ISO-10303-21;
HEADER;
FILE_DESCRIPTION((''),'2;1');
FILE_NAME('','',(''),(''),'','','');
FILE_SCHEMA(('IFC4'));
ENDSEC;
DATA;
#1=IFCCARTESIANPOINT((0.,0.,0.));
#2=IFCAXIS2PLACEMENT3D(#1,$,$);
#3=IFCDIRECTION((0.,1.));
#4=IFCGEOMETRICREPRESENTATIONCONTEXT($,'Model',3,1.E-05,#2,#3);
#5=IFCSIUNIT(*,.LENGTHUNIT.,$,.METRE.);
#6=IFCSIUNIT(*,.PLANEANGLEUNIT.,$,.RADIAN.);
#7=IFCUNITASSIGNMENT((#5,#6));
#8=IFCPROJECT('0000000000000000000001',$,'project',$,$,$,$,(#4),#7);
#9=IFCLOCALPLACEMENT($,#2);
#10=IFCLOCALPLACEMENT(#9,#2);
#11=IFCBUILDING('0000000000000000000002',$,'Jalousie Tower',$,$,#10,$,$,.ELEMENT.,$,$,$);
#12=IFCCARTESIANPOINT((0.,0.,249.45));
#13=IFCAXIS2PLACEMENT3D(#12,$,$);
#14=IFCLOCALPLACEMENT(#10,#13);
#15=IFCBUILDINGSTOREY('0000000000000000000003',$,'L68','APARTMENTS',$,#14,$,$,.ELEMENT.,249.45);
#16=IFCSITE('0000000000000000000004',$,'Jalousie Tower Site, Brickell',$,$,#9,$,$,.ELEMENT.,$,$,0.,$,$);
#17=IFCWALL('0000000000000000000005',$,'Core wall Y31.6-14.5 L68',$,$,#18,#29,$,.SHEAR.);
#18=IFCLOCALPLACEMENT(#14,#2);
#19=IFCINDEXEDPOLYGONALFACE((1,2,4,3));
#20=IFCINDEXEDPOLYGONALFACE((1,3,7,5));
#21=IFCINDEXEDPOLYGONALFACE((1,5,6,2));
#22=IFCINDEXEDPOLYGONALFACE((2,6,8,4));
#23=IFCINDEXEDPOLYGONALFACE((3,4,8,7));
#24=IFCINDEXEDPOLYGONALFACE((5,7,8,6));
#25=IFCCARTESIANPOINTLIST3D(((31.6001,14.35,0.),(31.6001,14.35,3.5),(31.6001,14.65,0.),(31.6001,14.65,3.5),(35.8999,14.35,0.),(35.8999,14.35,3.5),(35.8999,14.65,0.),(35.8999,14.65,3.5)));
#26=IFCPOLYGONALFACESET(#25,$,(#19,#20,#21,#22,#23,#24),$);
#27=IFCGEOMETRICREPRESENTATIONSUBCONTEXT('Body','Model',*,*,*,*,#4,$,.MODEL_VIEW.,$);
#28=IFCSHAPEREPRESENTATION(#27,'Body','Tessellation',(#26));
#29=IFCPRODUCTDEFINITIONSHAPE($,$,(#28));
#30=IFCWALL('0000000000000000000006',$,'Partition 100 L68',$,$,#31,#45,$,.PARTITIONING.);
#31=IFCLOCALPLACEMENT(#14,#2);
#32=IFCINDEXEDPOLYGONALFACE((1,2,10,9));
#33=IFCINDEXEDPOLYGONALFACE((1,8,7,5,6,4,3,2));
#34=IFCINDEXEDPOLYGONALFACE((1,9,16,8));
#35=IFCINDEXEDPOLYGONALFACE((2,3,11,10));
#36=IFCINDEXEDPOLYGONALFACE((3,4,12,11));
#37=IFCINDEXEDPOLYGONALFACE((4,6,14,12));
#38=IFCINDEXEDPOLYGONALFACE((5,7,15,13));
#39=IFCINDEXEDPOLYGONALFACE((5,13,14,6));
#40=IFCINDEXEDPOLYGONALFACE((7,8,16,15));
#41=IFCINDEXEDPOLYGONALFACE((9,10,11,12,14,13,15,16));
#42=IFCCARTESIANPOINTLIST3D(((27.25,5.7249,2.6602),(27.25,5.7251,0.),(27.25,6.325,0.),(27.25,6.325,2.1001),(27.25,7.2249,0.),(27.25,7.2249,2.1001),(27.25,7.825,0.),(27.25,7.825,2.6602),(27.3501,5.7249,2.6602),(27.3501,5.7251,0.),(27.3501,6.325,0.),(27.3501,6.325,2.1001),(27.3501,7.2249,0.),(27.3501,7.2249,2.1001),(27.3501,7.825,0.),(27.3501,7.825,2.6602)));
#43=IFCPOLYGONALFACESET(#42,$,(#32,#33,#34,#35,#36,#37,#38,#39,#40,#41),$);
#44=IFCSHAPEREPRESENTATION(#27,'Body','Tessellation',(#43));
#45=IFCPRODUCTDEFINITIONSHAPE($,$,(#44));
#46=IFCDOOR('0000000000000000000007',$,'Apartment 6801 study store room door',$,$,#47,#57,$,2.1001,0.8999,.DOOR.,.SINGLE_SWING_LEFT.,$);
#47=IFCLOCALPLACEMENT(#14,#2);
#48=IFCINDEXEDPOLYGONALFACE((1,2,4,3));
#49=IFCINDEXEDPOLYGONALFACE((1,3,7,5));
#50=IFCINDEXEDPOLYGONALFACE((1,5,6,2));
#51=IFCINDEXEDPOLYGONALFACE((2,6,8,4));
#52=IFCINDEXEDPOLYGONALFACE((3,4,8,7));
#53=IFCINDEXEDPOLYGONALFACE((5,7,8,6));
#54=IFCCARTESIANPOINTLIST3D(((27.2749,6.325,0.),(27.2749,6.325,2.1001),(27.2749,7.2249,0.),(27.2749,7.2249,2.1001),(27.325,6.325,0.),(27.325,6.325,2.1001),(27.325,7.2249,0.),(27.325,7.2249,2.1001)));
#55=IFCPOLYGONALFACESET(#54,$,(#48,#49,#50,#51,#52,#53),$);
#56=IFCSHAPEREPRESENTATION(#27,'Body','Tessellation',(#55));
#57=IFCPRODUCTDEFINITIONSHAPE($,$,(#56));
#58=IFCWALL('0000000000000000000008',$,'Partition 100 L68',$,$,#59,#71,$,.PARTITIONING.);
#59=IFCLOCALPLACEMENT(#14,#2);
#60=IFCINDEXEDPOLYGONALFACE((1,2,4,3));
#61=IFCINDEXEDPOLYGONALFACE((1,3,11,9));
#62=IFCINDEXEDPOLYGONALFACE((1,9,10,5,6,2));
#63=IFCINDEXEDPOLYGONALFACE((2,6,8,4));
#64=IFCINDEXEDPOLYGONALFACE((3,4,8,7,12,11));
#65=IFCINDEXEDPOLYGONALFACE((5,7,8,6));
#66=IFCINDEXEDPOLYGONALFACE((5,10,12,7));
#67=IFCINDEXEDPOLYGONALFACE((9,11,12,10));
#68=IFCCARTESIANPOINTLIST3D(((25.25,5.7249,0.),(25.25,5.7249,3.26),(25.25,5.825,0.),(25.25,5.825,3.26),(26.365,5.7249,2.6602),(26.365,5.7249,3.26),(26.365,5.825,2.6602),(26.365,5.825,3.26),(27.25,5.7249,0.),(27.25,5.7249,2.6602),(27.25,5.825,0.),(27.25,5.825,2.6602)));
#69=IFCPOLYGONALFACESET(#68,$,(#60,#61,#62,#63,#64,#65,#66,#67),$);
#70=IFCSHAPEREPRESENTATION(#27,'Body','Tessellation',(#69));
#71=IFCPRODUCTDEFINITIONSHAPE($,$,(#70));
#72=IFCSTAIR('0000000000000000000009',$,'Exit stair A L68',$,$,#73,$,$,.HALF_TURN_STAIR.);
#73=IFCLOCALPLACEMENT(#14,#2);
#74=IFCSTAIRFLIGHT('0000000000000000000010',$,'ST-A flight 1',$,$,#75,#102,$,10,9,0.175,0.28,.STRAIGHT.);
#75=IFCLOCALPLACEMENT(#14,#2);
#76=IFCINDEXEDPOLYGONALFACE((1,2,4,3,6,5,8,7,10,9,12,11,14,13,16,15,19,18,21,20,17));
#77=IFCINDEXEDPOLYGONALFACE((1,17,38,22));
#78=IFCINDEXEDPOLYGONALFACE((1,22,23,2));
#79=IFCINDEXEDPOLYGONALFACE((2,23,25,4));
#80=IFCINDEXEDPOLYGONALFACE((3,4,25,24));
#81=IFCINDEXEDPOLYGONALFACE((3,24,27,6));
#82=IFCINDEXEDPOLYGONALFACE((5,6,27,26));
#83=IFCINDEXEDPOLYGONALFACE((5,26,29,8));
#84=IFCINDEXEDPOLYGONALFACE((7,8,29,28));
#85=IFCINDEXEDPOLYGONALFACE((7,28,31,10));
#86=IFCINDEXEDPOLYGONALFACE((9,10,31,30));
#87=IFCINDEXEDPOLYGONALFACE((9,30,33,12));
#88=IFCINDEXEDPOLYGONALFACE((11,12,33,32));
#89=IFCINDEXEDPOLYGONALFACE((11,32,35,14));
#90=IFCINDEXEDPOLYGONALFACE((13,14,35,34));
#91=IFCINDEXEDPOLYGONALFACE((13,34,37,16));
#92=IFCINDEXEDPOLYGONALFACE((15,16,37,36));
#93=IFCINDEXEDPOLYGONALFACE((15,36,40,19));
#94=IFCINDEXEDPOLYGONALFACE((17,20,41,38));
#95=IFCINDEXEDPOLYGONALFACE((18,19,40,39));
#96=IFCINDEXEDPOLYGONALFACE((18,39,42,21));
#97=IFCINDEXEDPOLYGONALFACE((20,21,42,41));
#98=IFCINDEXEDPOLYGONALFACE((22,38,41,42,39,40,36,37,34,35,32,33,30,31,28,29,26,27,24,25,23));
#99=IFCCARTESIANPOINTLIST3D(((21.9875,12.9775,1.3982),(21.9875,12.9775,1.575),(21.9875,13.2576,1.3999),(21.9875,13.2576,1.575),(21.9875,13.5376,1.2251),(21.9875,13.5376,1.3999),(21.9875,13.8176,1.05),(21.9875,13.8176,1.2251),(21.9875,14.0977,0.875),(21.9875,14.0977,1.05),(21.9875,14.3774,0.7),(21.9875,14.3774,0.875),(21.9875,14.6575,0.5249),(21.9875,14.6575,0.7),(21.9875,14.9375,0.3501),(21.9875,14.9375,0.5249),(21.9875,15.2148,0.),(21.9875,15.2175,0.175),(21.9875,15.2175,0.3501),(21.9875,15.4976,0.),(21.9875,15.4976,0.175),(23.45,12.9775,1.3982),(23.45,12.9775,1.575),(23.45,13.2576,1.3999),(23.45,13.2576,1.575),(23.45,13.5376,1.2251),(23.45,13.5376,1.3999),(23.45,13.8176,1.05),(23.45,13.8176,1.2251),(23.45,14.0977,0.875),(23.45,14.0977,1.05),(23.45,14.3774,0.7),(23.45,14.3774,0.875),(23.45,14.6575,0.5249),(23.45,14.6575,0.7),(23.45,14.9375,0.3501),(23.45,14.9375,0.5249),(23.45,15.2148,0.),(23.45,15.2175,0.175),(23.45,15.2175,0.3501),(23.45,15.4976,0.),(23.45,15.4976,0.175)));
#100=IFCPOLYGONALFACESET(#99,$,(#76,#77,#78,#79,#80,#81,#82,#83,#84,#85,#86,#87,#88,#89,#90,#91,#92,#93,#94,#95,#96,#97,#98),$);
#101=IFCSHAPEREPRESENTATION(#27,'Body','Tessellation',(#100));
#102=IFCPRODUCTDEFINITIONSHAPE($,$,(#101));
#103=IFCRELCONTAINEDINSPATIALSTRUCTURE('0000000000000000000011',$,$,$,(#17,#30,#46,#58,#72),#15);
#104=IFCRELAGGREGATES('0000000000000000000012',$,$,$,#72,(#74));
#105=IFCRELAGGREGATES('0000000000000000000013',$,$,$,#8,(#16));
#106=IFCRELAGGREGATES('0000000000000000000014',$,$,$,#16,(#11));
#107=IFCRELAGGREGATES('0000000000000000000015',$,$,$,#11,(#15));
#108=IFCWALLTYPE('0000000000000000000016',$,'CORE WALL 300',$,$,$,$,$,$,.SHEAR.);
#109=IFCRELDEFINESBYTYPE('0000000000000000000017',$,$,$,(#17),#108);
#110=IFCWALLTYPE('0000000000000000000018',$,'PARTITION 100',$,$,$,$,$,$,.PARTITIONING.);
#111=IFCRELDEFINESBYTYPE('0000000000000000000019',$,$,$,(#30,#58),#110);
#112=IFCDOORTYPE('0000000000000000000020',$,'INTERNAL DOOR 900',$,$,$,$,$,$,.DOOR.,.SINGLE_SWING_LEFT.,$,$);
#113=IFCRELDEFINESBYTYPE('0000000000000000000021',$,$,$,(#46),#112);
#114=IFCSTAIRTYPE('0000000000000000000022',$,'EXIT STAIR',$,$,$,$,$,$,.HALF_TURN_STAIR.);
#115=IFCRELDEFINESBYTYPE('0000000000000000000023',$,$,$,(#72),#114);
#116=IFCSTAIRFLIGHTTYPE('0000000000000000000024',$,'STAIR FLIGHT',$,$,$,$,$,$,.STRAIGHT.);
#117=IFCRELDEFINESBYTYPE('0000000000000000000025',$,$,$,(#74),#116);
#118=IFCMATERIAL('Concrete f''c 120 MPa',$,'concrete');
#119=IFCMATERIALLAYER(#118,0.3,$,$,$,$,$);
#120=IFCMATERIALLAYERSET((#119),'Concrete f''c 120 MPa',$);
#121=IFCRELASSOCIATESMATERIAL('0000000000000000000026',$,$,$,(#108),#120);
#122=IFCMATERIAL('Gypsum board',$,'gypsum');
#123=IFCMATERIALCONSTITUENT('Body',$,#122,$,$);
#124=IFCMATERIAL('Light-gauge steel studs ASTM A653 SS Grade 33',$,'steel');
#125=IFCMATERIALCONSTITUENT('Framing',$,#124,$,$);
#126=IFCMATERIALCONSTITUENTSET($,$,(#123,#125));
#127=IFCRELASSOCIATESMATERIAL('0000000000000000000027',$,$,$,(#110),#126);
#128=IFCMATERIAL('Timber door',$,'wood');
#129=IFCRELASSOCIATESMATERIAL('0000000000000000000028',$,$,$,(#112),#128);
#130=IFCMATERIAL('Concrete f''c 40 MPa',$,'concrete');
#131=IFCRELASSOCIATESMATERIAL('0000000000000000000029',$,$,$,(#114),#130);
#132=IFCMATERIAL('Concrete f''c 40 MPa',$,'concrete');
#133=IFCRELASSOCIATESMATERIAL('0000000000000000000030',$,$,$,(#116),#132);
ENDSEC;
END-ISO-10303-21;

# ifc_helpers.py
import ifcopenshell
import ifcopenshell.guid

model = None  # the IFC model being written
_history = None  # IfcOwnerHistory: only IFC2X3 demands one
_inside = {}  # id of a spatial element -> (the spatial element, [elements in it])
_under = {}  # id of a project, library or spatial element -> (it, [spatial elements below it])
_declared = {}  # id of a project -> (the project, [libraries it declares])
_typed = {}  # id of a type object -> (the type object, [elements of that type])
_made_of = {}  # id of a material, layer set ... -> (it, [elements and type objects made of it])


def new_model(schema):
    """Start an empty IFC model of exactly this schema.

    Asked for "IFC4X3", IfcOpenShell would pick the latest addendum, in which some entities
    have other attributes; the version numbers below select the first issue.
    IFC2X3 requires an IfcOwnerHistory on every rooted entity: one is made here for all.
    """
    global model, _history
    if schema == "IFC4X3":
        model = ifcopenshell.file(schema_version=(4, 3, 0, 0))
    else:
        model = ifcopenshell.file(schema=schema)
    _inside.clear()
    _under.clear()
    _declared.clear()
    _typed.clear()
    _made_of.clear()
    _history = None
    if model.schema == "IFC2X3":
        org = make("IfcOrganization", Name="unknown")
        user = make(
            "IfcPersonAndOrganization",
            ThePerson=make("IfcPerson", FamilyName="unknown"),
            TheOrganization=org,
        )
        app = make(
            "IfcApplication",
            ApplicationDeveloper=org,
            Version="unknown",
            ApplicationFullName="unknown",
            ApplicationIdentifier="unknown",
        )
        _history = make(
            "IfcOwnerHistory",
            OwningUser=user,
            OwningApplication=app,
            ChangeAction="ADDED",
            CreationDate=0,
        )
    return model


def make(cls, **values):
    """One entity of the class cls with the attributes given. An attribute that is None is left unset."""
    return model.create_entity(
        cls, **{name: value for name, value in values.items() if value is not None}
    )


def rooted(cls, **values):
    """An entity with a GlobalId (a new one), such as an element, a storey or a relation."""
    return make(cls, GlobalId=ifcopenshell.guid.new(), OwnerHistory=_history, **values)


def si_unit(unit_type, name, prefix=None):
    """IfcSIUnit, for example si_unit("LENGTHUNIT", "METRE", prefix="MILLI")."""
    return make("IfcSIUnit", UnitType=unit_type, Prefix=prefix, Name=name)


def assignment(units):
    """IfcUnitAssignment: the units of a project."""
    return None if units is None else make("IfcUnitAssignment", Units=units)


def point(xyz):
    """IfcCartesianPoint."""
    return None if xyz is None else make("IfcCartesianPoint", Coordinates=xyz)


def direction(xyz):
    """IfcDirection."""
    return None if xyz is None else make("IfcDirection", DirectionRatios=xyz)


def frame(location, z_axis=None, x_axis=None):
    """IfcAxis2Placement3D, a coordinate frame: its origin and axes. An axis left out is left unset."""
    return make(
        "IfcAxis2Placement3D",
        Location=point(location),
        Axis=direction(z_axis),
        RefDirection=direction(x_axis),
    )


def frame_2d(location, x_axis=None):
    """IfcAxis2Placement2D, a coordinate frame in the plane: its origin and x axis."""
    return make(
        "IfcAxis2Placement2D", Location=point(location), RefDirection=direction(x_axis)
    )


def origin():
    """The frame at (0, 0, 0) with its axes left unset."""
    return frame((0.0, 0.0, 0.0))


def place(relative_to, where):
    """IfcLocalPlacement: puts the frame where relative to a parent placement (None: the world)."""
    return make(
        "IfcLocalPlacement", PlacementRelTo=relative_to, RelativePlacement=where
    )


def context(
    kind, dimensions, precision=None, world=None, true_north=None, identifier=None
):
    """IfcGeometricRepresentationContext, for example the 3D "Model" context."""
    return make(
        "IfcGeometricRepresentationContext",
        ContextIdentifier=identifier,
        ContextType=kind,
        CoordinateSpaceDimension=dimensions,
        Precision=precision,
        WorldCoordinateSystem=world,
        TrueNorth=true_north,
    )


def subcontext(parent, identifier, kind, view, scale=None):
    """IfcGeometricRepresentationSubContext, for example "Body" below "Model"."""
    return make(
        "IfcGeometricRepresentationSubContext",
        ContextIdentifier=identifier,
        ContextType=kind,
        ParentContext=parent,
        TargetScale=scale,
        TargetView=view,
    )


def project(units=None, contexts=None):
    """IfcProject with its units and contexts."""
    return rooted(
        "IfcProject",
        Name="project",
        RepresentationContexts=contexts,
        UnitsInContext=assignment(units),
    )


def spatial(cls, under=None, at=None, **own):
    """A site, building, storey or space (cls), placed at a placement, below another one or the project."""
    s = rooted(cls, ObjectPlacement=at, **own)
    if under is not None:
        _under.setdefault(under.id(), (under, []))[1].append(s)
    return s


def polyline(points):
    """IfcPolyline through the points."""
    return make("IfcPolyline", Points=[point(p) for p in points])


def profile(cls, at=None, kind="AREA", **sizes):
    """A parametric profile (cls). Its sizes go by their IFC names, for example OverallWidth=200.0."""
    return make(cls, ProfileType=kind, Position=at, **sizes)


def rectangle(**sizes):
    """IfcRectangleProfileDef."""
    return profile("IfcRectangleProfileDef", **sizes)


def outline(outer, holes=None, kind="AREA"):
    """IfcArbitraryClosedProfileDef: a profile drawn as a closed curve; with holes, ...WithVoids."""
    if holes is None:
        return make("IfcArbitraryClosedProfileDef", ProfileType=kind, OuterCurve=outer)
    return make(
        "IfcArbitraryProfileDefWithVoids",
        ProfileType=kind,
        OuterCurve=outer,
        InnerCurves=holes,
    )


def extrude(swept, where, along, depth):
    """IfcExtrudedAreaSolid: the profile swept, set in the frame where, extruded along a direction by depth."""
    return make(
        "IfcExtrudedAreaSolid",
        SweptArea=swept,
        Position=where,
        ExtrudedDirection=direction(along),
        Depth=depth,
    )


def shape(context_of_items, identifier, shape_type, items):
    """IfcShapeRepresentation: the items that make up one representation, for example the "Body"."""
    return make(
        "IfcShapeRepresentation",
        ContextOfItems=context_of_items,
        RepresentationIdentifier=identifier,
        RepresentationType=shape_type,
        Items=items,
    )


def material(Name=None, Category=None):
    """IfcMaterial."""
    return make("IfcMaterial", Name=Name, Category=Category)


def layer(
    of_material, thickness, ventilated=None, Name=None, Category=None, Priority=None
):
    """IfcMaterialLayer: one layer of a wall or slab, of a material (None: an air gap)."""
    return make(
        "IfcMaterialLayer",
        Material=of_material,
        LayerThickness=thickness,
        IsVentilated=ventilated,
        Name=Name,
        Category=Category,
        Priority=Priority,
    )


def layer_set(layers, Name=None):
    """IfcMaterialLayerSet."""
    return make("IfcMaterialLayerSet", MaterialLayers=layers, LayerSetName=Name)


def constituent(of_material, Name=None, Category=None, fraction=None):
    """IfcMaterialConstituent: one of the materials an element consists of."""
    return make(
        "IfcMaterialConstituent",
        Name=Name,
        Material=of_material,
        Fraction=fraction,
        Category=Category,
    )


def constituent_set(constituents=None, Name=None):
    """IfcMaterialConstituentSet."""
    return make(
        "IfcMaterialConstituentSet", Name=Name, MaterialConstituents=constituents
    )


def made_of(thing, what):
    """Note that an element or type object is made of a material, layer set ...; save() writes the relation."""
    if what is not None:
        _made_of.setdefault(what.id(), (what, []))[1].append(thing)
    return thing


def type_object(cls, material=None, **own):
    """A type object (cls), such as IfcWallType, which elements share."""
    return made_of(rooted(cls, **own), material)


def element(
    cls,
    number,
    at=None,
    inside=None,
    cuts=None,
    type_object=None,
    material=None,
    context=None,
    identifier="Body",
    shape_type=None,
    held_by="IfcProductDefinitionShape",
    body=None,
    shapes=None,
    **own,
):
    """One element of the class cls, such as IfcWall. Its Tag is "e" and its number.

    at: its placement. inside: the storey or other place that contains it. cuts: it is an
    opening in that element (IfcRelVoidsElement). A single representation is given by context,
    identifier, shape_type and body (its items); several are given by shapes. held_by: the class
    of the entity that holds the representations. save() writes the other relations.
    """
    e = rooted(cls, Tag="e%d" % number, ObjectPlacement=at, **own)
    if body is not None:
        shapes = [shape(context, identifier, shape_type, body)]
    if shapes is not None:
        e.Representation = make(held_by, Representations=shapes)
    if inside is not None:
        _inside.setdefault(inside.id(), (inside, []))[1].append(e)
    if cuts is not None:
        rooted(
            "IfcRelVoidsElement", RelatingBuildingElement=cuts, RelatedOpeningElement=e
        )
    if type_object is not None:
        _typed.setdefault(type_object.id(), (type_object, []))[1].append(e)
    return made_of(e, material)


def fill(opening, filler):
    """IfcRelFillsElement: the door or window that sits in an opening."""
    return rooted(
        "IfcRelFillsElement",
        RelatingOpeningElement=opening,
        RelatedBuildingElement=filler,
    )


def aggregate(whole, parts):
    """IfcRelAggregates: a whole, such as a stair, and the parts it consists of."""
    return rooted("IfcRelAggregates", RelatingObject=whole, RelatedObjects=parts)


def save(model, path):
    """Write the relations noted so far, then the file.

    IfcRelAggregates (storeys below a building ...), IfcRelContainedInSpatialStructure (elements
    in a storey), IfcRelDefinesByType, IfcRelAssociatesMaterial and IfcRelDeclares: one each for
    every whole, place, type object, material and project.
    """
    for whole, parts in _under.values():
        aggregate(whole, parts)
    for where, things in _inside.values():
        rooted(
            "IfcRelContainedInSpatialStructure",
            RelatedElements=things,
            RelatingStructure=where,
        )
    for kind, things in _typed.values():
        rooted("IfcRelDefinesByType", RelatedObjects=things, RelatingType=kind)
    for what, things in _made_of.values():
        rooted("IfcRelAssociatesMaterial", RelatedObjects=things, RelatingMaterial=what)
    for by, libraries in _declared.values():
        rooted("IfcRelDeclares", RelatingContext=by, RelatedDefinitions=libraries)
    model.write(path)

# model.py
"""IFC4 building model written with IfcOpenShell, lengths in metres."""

from ifc_helpers import new_model, si_unit, direction, frame, frame_2d, origin, place, context, subcontext, project, spatial, polyline, rectangle, outline, extrude, material, layer, layer_set, constituent, constituent_set, type_object, element, fill, aggregate, save


model = new_model("IFC4")

# Units and contexts
model_context = context("Model", 3, precision=1e-05, world=origin(), true_north=direction((0.0, 1.0)))
body_context = subcontext(model_context, "Body", "Model", "MODEL_VIEW")
ifc_project = project(units=[si_unit("LENGTHUNIT", "METRE"), si_unit("PLANEANGLEUNIT", "RADIAN")], contexts=[model_context])

# Site, building, storey
site_placement = place(None, origin())
site = spatial("IfcSite", under=ifc_project, at=site_placement, Name="Jalousie Tower Site, Brickell", CompositionType="ELEMENT", RefElevation=0.0)
building_placement = place(site_placement, origin())
building = spatial("IfcBuilding", under=site, at=building_placement, Name="Jalousie Tower", CompositionType="ELEMENT")
storey_placement = place(building_placement, frame((0.0, 0.0, 249.45)))
storey = spatial("IfcBuildingStorey", under=building, at=storey_placement, Name="L68", Description="APARTMENTS", CompositionType="ELEMENT", Elevation=249.45)

# Shared definitions
ifc_material_1 = material(Name="Concrete f'c 120 MPa", Category="concrete")
ifc_layer_1 = layer(ifc_material_1, 0.3)
ifc_layer_set_1 = layer_set([ifc_layer_1], Name="Concrete f'c 120 MPa")
wall_type_1 = type_object("IfcWallType", Name="CORE WALL 300", PredefinedType="SHEAR", material=ifc_layer_set_1)

# Wall
wall_1_placement = place(storey_placement, frame((31.6001, 14.5, 0.0), z_axis=(0.0, 0.0, 1.0), x_axis=(1.0, 0.0, 0.0)))
element("IfcWall", 1, at=wall_1_placement, inside=storey, type_object=wall_type_1, Name="Core wall Y31.6-14.5 L68", PredefinedType="SHEAR", context=body_context, shape_type="SweptSolid", body=[
    extrude(rectangle(XDim=4.2998, YDim=0.3, at=frame_2d((2.1499, 0.0))), origin(), (0.0, 0.0, 1.0), 3.5),
])

# Wall, opening, door
ifc_material_2 = material(Name="Gypsum board", Category="gypsum")
ifc_constituent_1 = constituent(ifc_material_2, Name="Body")
ifc_material_3 = material(Name="Light-gauge steel studs ASTM A653 SS Grade 33", Category="steel")
ifc_constituent_2 = constituent(ifc_material_3, Name="Framing")
ifc_constituent_set_1 = constituent_set(constituents=[ifc_constituent_1, ifc_constituent_2])
wall_type_2 = type_object("IfcWallType", Name="PARTITION 100", PredefinedType="PARTITIONING", material=ifc_constituent_set_1)
wall_2_placement = place(storey_placement, frame((27.3, 7.825, 0.0), z_axis=(0.0, 0.0, 1.0), x_axis=(0.0, -1.0, 0.0)))
wall_2 = element("IfcWall", 2, at=wall_2_placement, inside=storey, type_object=wall_type_2, Name="Partition 100 L68", PredefinedType="PARTITIONING", context=body_context, shape_type="SweptSolid", body=[
    extrude(outline(polyline([(0.0, 0.0), (2.0999, 0.0), (2.1001, 3.26), (2.1001, 2.6602), (0.0, 2.6602), (0.0, 3.26), (0.0, 0.0)])), frame((0.0, 0.05, 0.0), z_axis=(0.0, -1.0, 0.0), x_axis=(1.0, 0.0, 0.0)), (0.0, 0.0, 1.0), 0.1001),
])
opening_1_placement = place(wall_2_placement, frame((0.6001, 0.0, 0.0)))
opening_1 = element("IfcOpeningElement", 3, at=opening_1_placement, cuts=wall_2, PredefinedType="OPENING", context=body_context, shape_type="SweptSolid", body=[
    extrude(rectangle(XDim=0.8999, YDim=2.1001, at=frame_2d((0.45, 1.05))), frame((0.0, 0.0601, 0.0), z_axis=(0.0, -1.0, 0.0), x_axis=(1.0, 0.0, 0.0)), (0.0, 0.0, 1.0), 0.1201),
])
ifc_material_4 = material(Name="Timber door", Category="wood")
door_type_1 = type_object("IfcDoorType", Name="INTERNAL DOOR 900", OperationType="SINGLE_SWING_LEFT", PredefinedType="DOOR", material=ifc_material_4)
door_1_placement = place(opening_1_placement, origin())
door_1 = element("IfcDoor", 4, at=door_1_placement, inside=storey, type_object=door_type_1, Name="Apartment 6801 study store room door", OperationType="SINGLE_SWING_LEFT", OverallHeight=2.1001, OverallWidth=0.8999, PredefinedType="DOOR", context=body_context, shape_type="SweptSolid", body=[
    extrude(rectangle(XDim=0.8999, YDim=2.1001, at=frame_2d((0.45, 1.05))), frame((0.0, 0.0249, 0.0), z_axis=(0.0, -1.0, 0.0), x_axis=(1.0, 0.0, 0.0)), (0.0, 0.0, 1.0), 0.05),
])
fill(opening_1, door_1)

# Wall
wall_3_placement = place(storey_placement, frame((25.25, 5.7749, 0.0), z_axis=(0.0, 0.0, 1.0), x_axis=(1.0, 0.0, 0.0)))
element("IfcWall", 5, at=wall_3_placement, inside=storey, type_object=wall_type_2, Name="Partition 100 L68", PredefinedType="PARTITIONING", context=body_context, shape_type="SweptSolid", body=[
    extrude(outline(polyline([(0.0, 0.0), (2.0, 0.0), (2.0, 3.26), (2.0, 2.6602), (1.115, 2.6602), (1.115, 3.26), (0.0, 3.26), (0.0, 0.0)])), frame((0.0, 0.05, 0.0), z_axis=(0.0, -1.0, 0.0), x_axis=(1.0, 0.0, 0.0)), (0.0, 0.0, 1.0), 0.1001),
])

# Stair, stair flight
ifc_material_5 = material(Name="Concrete f'c 40 MPa", Category="concrete")
stair_type = type_object("IfcStairType", Name="EXIT STAIR", PredefinedType="HALF_TURN_STAIR", material=ifc_material_5)
stair_placement = place(storey_placement, origin())
stair = element("IfcStair", 6, at=stair_placement, inside=storey, type_object=stair_type, Name="Exit stair A L68", PredefinedType="HALF_TURN_STAIR")
ifc_material_6 = material(Name="Concrete f'c 40 MPa", Category="concrete")
stair_flight_type = type_object("IfcStairFlightType", Name="STAIR FLIGHT", PredefinedType="STRAIGHT", material=ifc_material_6)
stair_flight_placement = place(storey_placement, frame((22.7188, 15.4976, 0.0), z_axis=(0.0, 0.0, 1.0), x_axis=(0.0, -1.0, 0.0)))
stair_flight = element("IfcStairFlight", 7, at=stair_flight_placement, type_object=stair_flight_type, Name="ST-A flight 1", NumberOfRisers=10, NumberOfTreads=9, PredefinedType="STRAIGHT", RiserHeight=0.175, TreadLength=0.28, context=body_context, shape_type="SweptSolid", body=[
    extrude(outline(polyline([(0.0, 0.0), (0.0, 0.175), (0.28, 0.175), (0.28, 0.3501), (0.5601, 0.3501), (0.5601, 0.5249), (0.8401, 0.5249), (0.8401, 0.7), (1.1201, 0.7), (1.1201, 0.875), (1.3999, 0.875), (1.3999, 1.05), (1.6799, 1.05), (1.6799, 1.2251), (1.96, 1.2251), (1.96, 1.3999), (2.24, 1.3999), (2.24, 1.575), (2.52, 1.575), (2.52, 1.75), (2.52, 1.3982), (0.2827, 0.0), (0.0, 0.0)])), frame((0.0, 0.7312, 0.0), z_axis=(0.0, -1.0, 0.0), x_axis=(1.0, 0.0, 0.0)), (0.0, 0.0, 1.0), 1.4624),
])
aggregate(stair, [stair_flight])

save(model, "model.ifc")
